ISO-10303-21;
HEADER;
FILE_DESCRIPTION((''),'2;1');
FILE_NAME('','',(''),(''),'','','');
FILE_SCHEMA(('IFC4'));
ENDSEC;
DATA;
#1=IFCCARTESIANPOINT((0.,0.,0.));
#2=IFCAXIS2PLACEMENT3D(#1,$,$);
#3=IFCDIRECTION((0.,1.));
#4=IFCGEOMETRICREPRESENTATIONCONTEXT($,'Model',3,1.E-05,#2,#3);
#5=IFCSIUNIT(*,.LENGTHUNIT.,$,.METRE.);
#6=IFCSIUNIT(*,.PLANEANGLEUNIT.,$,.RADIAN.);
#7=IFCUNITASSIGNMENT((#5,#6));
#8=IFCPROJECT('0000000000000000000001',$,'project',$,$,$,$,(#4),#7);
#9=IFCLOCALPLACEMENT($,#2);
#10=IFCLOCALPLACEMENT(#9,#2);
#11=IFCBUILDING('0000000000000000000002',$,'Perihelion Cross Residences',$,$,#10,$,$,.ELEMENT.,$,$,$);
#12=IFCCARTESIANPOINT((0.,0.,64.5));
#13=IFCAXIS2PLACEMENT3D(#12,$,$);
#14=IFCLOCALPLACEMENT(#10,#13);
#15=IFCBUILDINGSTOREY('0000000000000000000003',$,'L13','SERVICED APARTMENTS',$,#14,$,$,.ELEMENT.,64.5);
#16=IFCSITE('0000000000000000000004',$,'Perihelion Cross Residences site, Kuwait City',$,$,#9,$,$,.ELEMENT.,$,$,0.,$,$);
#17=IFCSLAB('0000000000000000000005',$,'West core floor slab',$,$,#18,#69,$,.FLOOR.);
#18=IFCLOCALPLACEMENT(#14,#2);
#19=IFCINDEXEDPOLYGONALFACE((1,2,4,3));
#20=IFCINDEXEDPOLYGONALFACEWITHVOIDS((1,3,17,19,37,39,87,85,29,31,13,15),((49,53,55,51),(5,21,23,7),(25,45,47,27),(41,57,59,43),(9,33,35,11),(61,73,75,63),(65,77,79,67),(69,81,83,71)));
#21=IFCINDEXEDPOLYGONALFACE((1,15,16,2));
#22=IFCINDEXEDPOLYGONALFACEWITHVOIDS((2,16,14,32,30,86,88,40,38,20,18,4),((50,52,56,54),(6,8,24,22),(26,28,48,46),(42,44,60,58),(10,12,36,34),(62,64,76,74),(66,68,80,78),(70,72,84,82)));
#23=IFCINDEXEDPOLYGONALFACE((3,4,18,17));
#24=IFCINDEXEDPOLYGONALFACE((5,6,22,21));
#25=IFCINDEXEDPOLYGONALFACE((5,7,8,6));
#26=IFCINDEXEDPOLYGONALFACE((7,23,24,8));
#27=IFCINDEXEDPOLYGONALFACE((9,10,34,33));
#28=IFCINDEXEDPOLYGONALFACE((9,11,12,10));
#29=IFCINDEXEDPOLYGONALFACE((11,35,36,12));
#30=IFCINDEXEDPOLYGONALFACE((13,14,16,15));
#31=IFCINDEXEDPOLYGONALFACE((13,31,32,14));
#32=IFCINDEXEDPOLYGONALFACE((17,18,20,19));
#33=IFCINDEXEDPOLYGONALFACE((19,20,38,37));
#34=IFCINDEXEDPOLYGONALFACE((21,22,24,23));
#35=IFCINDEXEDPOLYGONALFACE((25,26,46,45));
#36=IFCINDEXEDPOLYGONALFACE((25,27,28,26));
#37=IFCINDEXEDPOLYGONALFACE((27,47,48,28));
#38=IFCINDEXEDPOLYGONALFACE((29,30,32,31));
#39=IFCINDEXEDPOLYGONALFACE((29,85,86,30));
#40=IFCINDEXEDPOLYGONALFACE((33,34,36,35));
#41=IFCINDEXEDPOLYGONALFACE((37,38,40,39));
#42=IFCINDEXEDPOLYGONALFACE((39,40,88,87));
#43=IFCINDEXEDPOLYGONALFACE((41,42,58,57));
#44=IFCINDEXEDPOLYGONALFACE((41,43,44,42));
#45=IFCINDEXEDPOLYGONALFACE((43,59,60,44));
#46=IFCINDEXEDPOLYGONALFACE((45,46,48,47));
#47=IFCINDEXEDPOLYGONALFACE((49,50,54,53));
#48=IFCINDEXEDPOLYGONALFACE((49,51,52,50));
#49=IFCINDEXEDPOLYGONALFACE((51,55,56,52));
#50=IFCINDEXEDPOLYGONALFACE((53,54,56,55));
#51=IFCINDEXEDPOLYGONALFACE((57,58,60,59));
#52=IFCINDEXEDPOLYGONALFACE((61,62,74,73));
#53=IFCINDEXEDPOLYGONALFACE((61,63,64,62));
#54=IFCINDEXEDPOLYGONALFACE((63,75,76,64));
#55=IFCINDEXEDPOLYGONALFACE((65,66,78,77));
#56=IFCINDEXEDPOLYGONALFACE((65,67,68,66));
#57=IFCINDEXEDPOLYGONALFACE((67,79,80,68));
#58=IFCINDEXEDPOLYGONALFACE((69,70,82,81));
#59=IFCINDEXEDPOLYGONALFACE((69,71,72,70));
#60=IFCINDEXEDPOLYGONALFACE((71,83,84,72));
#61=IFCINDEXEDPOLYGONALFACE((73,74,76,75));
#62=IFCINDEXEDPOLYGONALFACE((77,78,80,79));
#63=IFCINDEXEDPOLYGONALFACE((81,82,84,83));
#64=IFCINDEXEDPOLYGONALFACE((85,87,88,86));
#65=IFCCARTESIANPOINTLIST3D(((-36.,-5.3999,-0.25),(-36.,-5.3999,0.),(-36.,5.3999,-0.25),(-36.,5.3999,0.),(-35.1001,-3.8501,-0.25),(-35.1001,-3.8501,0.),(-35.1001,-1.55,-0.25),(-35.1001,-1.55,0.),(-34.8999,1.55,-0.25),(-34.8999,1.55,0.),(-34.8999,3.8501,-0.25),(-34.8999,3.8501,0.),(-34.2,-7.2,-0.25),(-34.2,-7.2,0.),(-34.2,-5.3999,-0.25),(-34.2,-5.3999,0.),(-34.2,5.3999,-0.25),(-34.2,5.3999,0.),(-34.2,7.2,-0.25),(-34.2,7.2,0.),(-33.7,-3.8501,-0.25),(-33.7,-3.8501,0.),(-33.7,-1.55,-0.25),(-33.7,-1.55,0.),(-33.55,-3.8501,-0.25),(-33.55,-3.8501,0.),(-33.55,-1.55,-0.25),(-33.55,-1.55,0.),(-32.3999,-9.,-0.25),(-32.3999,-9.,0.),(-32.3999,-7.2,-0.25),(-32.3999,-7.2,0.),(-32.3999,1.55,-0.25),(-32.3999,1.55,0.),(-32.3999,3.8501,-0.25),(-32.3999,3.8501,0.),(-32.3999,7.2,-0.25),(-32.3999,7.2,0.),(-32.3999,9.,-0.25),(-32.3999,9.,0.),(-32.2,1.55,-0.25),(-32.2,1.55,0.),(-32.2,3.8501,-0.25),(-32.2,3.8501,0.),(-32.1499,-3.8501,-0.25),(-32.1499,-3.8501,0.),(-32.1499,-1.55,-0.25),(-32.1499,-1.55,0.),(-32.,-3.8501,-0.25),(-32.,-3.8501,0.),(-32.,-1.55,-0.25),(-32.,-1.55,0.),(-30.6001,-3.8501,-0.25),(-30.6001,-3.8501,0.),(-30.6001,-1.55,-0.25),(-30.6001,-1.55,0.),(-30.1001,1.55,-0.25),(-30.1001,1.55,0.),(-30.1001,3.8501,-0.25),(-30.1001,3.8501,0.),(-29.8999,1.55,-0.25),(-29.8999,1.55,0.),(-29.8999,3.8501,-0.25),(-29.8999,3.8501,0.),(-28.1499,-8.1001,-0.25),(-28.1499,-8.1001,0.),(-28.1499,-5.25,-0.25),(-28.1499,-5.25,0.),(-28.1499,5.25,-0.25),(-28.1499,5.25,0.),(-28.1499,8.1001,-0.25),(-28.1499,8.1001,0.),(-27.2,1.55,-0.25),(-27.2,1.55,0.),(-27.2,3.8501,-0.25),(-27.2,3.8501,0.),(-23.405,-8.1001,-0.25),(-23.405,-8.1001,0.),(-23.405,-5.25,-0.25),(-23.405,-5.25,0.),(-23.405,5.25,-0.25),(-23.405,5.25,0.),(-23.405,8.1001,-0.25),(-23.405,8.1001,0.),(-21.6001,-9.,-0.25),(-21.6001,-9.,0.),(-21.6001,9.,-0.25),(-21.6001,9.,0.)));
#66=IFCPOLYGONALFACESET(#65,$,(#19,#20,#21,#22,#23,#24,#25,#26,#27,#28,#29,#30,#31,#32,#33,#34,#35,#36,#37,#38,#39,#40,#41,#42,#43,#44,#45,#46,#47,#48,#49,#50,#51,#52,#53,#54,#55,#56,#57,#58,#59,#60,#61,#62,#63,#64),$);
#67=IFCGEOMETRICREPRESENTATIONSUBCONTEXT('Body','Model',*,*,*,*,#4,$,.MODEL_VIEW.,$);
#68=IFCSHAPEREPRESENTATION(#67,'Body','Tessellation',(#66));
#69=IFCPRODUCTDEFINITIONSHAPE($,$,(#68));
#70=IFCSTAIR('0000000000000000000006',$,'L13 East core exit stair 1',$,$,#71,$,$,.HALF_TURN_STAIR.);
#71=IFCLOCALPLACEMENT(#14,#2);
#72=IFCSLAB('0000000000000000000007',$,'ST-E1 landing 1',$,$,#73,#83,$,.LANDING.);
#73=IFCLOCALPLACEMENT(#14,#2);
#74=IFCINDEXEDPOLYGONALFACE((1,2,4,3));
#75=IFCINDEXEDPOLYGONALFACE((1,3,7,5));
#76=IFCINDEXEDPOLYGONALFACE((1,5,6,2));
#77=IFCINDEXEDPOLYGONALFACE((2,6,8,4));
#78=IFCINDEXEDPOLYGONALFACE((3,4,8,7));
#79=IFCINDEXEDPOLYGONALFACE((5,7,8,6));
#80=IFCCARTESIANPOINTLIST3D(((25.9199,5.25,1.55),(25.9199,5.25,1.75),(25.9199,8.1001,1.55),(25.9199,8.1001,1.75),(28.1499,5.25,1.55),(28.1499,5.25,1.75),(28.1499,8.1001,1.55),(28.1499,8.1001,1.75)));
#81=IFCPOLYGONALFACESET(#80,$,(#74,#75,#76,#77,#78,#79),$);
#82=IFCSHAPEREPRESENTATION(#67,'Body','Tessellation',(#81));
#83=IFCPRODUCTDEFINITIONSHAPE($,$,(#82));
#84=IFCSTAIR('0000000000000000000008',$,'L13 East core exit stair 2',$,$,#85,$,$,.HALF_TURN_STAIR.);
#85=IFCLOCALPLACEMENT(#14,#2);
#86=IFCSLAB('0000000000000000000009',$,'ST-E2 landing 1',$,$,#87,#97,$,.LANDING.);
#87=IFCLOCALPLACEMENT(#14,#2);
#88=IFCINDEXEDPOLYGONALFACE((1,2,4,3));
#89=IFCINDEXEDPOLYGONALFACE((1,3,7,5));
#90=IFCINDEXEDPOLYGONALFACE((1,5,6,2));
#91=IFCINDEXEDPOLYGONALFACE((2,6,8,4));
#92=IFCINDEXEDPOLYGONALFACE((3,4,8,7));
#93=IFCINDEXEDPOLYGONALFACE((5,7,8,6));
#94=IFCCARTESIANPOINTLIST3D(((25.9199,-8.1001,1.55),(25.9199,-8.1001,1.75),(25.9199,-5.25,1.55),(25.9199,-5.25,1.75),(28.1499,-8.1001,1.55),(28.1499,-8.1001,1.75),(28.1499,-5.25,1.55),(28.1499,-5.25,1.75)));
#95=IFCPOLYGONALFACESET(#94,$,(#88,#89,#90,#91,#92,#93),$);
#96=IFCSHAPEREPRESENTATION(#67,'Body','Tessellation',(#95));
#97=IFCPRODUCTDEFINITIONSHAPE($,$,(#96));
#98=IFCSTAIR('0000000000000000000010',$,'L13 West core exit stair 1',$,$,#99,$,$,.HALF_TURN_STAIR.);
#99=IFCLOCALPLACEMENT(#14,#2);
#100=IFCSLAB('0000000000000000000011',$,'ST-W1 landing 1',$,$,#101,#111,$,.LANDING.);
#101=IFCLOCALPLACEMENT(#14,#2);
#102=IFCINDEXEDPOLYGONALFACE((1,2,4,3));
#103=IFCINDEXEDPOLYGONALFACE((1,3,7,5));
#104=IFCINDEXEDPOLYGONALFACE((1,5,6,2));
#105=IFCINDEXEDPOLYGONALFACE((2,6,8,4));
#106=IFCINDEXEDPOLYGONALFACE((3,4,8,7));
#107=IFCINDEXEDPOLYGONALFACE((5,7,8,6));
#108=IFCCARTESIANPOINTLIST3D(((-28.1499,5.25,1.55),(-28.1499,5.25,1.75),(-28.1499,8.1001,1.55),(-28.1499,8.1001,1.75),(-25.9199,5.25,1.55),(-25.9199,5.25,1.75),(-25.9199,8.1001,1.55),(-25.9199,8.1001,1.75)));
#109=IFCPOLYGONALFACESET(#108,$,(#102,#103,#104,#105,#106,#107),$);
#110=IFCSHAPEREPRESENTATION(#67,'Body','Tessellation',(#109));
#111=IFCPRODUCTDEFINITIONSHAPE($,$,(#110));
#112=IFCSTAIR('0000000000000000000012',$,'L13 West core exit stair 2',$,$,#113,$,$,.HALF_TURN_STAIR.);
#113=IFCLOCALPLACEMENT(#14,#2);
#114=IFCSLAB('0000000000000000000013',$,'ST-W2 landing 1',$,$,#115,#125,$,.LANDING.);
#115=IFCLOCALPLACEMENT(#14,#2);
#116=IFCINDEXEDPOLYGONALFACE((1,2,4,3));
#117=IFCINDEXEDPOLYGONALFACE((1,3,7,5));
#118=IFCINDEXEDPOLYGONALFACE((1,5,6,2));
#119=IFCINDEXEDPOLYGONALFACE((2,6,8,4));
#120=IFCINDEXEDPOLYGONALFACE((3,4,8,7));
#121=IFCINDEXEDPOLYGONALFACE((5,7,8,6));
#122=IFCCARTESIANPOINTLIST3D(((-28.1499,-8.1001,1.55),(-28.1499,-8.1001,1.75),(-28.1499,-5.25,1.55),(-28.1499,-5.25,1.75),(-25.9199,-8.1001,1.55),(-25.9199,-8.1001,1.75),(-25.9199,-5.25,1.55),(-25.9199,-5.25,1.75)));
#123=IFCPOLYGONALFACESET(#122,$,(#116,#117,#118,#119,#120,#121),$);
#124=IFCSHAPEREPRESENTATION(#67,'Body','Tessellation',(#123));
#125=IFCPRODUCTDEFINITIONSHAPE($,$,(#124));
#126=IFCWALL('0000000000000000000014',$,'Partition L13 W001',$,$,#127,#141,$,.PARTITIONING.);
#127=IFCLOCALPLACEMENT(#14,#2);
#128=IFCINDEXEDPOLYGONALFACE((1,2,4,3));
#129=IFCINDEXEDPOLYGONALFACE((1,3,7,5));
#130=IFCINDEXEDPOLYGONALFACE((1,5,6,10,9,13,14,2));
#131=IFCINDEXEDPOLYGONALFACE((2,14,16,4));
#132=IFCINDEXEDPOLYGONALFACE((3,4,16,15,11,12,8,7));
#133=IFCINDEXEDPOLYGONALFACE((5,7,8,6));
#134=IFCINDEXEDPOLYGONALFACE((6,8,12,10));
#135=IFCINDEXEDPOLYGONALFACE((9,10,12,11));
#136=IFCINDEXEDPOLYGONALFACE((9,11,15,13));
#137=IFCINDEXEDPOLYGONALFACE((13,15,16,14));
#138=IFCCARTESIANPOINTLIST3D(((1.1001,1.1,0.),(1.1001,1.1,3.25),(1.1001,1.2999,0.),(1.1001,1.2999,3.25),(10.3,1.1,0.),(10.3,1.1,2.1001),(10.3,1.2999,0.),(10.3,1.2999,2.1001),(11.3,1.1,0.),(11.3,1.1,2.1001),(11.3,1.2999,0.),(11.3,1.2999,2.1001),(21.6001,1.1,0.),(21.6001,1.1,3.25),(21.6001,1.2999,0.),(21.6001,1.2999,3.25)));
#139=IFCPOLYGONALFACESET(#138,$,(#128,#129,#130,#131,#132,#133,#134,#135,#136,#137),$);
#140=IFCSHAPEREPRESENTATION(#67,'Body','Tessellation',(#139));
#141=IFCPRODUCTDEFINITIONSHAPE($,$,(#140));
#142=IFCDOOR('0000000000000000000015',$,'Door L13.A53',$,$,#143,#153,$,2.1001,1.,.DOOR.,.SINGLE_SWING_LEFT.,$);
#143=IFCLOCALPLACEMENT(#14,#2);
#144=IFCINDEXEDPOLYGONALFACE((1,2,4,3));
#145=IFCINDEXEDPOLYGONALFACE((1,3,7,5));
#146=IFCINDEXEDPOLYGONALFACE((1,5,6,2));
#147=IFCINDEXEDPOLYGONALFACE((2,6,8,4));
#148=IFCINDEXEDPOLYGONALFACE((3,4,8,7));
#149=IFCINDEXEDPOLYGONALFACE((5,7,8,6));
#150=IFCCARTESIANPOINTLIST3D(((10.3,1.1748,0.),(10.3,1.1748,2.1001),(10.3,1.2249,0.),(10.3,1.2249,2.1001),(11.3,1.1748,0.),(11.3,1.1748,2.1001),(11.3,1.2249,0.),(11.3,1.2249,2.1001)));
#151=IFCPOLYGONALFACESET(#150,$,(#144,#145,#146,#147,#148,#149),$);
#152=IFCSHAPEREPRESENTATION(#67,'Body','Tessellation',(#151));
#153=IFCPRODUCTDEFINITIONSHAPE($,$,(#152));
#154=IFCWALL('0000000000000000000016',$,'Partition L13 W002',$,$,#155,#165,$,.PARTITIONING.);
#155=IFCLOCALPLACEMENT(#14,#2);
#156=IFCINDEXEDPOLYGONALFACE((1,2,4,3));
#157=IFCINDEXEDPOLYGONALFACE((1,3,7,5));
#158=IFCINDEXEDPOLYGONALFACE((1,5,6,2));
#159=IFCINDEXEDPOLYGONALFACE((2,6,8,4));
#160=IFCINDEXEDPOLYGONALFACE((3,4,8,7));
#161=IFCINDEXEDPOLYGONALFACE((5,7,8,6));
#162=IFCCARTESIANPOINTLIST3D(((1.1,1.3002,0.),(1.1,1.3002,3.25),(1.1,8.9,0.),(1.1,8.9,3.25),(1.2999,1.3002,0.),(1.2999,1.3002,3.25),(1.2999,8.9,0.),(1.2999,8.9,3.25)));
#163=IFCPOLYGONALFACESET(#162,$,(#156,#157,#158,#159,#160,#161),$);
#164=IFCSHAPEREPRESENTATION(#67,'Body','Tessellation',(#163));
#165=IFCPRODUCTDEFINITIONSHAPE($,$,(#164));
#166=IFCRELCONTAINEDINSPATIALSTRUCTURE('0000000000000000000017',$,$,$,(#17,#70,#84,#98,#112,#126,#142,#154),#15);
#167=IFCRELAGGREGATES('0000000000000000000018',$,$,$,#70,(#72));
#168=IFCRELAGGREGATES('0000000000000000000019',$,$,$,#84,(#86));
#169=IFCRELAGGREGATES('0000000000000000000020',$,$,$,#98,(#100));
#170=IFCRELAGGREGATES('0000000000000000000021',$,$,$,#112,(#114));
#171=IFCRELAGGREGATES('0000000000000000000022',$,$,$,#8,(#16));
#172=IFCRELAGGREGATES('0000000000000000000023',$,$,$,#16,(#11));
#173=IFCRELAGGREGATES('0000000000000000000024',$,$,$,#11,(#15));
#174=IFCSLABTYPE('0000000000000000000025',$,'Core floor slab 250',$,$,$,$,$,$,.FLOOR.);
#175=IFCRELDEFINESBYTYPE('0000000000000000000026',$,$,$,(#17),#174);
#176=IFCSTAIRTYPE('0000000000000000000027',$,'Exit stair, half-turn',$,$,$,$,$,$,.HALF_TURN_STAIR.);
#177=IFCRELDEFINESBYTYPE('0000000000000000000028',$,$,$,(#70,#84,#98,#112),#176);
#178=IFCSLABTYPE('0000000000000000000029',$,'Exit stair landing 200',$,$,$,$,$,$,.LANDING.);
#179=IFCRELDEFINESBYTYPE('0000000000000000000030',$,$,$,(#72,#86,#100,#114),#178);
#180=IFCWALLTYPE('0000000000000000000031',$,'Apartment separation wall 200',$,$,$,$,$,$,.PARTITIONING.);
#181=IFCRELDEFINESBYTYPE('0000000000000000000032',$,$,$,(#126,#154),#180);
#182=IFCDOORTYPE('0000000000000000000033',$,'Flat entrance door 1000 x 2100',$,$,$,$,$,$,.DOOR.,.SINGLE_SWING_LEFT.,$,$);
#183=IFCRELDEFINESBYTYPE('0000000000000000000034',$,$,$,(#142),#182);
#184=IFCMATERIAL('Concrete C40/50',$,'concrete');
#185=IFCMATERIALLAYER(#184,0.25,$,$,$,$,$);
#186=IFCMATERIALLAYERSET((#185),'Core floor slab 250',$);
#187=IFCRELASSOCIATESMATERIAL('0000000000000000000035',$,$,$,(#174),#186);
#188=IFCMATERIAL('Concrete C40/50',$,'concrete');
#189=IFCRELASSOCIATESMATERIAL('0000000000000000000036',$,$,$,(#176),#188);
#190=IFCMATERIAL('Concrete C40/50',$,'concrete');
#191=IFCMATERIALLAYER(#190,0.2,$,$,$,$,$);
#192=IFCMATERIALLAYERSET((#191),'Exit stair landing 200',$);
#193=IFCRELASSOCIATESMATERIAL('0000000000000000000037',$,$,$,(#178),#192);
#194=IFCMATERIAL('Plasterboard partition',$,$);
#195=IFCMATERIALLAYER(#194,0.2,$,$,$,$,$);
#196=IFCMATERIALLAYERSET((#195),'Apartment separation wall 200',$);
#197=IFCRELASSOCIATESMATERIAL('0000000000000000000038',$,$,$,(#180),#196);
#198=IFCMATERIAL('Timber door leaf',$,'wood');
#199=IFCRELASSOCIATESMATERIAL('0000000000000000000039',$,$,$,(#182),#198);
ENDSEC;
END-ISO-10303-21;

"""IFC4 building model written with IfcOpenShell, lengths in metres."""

from ifc_helpers import new_model, si_unit, direction, frame, frame_2d, origin, place, context, subcontext, project, spatial, polyline, rectangle, outline, extrude, material, layer, layer_set, type_object, element, fill, aggregate, save


model = new_model("IFC4")

# Units and contexts
model_context = context("Model", 3, precision=1e-05, world=origin(), true_north=direction((0.0, 1.0)))
body_context = subcontext(model_context, "Body", "Model", "MODEL_VIEW")
ifc_project = project(units=[si_unit("LENGTHUNIT", "METRE"), si_unit("PLANEANGLEUNIT", "RADIAN")], contexts=[model_context])

# Site, building, storey
site_placement = place(None, origin())
site = spatial("IfcSite", under=ifc_project, at=site_placement, Name="Perihelion Cross Residences site, Kuwait City", CompositionType="ELEMENT", RefElevation=0.0)
building_placement = place(site_placement, origin())
building = spatial("IfcBuilding", under=site, at=building_placement, Name="Perihelion Cross Residences", CompositionType="ELEMENT")
storey_placement = place(building_placement, frame((0.0, 0.0, 64.5)))
storey = spatial("IfcBuildingStorey", under=building, at=storey_placement, Name="L13", Description="SERVICED APARTMENTS", CompositionType="ELEMENT", Elevation=64.5)

# Slab
ifc_material_1 = material(Name="Concrete C40/50", Category="concrete")
ifc_layer_1 = layer(ifc_material_1, 0.25)
ifc_layer_set_1 = layer_set([ifc_layer_1], Name="Core floor slab 250")
slab_type_1 = type_object("IfcSlabType", Name="Core floor slab 250", PredefinedType="FLOOR", material=ifc_layer_set_1)
slab_1_placement = place(storey_placement, frame((0.0, 0.0, -0.25)))
element("IfcSlab", 1, at=slab_1_placement, inside=storey, type_object=slab_type_1, Name="West core floor slab", PredefinedType="FLOOR", context=body_context, shape_type="SweptSolid", body=[
    extrude(outline(polyline([(-32.3999, 7.2), (-34.2, 7.2), (-34.2, 5.3999), (-36.0, 5.3999), (-36.0, -5.3999), (-34.2, -5.3999), (-34.2, -7.2), (-32.3999, -7.2), (-32.3999, -9.0), (-21.6001, -9.0), (-21.6001, 9.0), (-32.3999, 9.0), (-32.3999, 7.2)]), holes=[polyline([(-23.405, -8.1001), (-28.1499, -8.1001), (-28.1499, -5.25), (-23.405, -5.25), (-23.405, -8.1001)]), polyline([(-30.6001, -1.55), (-30.6001, -3.8501), (-32.0, -3.8501), (-32.0, -1.55), (-30.6001, -1.55)]), polyline([(-32.1499, -1.55), (-32.1499, -3.8501), (-33.55, -3.8501), (-33.55, -1.55), (-32.1499, -1.55)]), polyline([(-33.7, -1.55), (-33.7, -3.8501), (-35.1001, -3.8501), (-35.1001, -1.55), (-33.7, -1.55)]), polyline([(-27.2, 3.8501), (-27.2, 1.55), (-29.8999, 1.55), (-29.8999, 3.8501), (-27.2, 3.8501)]), polyline([(-30.1001, 3.8501), (-30.1001, 1.55), (-32.2, 1.55), (-32.2, 3.8501), (-30.1001, 3.8501)]), polyline([(-32.3999, 3.8501), (-32.3999, 1.55), (-34.8999, 1.55), (-34.8999, 3.8501), (-32.3999, 3.8501)]), polyline([(-23.405, 5.25), (-28.1499, 5.25), (-28.1499, 8.1001), (-23.405, 8.1001), (-23.405, 5.25)])]), origin(), (0.0, 0.0, 1.0), 0.25),
])

# Stairs, slabs
ifc_material_2 = material(Name="Concrete C40/50", Category="concrete")
stair_type = type_object("IfcStairType", Name="Exit stair, half-turn", PredefinedType="HALF_TURN_STAIR", material=ifc_material_2)
stair_1_placement = place(storey_placement, origin())
stair_1 = element("IfcStair", 2, at=stair_1_placement, inside=storey, type_object=stair_type, Name="L13 East core exit stair 1", PredefinedType="HALF_TURN_STAIR")
ifc_material_3 = material(Name="Concrete C40/50", Category="concrete")
ifc_layer_2 = layer(ifc_material_3, 0.2)
ifc_layer_set_2 = layer_set([ifc_layer_2], Name="Exit stair landing 200")
slab_type_2 = type_object("IfcSlabType", Name="Exit stair landing 200", PredefinedType="LANDING", material=ifc_layer_set_2)
slab_2_placement = place(storey_placement, frame((0.0, 0.0, 1.55)))
slab_2 = element("IfcSlab", 3, at=slab_2_placement, type_object=slab_type_2, Name="ST-E1 landing 1", PredefinedType="LANDING", context=body_context, shape_type="SweptSolid", body=[
    extrude(outline(polyline([(25.9199, 5.25), (28.1499, 5.25), (28.1499, 8.1001), (25.9199, 8.1001), (25.9199, 5.25)])), origin(), (0.0, 0.0, 1.0), 0.2),
])
aggregate(stair_1, [slab_2])
stair_2_placement = place(storey_placement, origin())
stair_2 = element("IfcStair", 4, at=stair_2_placement, inside=storey, type_object=stair_type, Name="L13 East core exit stair 2", PredefinedType="HALF_TURN_STAIR")
slab_3_placement = place(storey_placement, frame((0.0, 0.0, 1.55)))
slab_3 = element("IfcSlab", 5, at=slab_3_placement, type_object=slab_type_2, Name="ST-E2 landing 1", PredefinedType="LANDING", context=body_context, shape_type="SweptSolid", body=[
    extrude(outline(polyline([(25.9199, -8.1001), (28.1499, -8.1001), (28.1499, -5.25), (25.9199, -5.25), (25.9199, -8.1001)])), origin(), (0.0, 0.0, 1.0), 0.2),
])
aggregate(stair_2, [slab_3])
stair_3_placement = place(storey_placement, origin())
stair_3 = element("IfcStair", 6, at=stair_3_placement, inside=storey, type_object=stair_type, Name="L13 West core exit stair 1", PredefinedType="HALF_TURN_STAIR")
slab_4_placement = place(storey_placement, frame((0.0, 0.0, 1.55)))
slab_4 = element("IfcSlab", 7, at=slab_4_placement, type_object=slab_type_2, Name="ST-W1 landing 1", PredefinedType="LANDING", context=body_context, shape_type="SweptSolid", body=[
    extrude(outline(polyline([(-25.9199, 8.1001), (-28.1499, 8.1001), (-28.1499, 5.25), (-25.9199, 5.25), (-25.9199, 8.1001)])), origin(), (0.0, 0.0, 1.0), 0.2),
])
aggregate(stair_3, [slab_4])
stair_4_placement = place(storey_placement, origin())
stair_4 = element("IfcStair", 8, at=stair_4_placement, inside=storey, type_object=stair_type, Name="L13 West core exit stair 2", PredefinedType="HALF_TURN_STAIR")
slab_5_placement = place(storey_placement, frame((0.0, 0.0, 1.55)))
slab_5 = element("IfcSlab", 9, at=slab_5_placement, type_object=slab_type_2, Name="ST-W2 landing 1", PredefinedType="LANDING", context=body_context, shape_type="SweptSolid", body=[
    extrude(outline(polyline([(-25.9199, -5.25), (-28.1499, -5.25), (-28.1499, -8.1001), (-25.9199, -8.1001), (-25.9199, -5.25)])), origin(), (0.0, 0.0, 1.0), 0.2),
])
aggregate(stair_4, [slab_5])

# Wall, opening, door
ifc_material_4 = material(Name="Plasterboard partition")
ifc_layer_3 = layer(ifc_material_4, 0.2)
ifc_layer_set_3 = layer_set([ifc_layer_3], Name="Apartment separation wall 200")
wall_type_1 = type_object("IfcWallType", Name="Apartment separation wall 200", PredefinedType="PARTITIONING", material=ifc_layer_set_3)
wall_1_placement = place(storey_placement, frame((1.1001, 1.2, 0.0), z_axis=(0.0, 0.0, 1.0), x_axis=(1.0, 0.0, 0.0)))
wall_1 = element("IfcWall", 10, at=wall_1_placement, inside=storey, type_object=wall_type_1, Name="Partition L13 W001", PredefinedType="PARTITIONING", context=body_context, shape_type="SweptSolid", body=[
    extrude(rectangle(XDim=20.5, YDim=0.2, at=frame_2d((10.25, 0.0))), origin(), (0.0, 0.0, 1.0), 3.25),
])
opening_1_placement = place(wall_1_placement, frame((9.2, 0.0, 0.0)))
opening_1 = element("IfcOpeningElement", 11, at=opening_1_placement, cuts=wall_1, PredefinedType="OPENING", context=body_context, shape_type="SweptSolid", body=[
    extrude(rectangle(XDim=1.0, YDim=2.1001, at=frame_2d((0.5, 1.05))), frame((0.0, 0.1099, 0.0), z_axis=(0.0, -1.0, 0.0), x_axis=(1.0, 0.0, 0.0)), (0.0, 0.0, 1.0), 0.22),
])
ifc_material_5 = material(Name="Timber door leaf", Category="wood")
door_type_1 = type_object("IfcDoorType", Name="Flat entrance door 1000 x 2100", OperationType="SINGLE_SWING_LEFT", PredefinedType="DOOR", material=ifc_material_5)
door_1_placement = place(opening_1_placement, origin())
door_1 = element("IfcDoor", 12, at=door_1_placement, inside=storey, type_object=door_type_1, Name="Door L13.A53", OperationType="SINGLE_SWING_LEFT", OverallHeight=2.1001, OverallWidth=1.0, PredefinedType="DOOR", context=body_context, shape_type="SweptSolid", body=[
    extrude(rectangle(XDim=1.0, YDim=2.1001, at=frame_2d((0.5, 1.05))), frame((0.0, 0.0249, 0.0), z_axis=(0.0, -1.0, 0.0), x_axis=(1.0, 0.0, 0.0)), (0.0, 0.0, 1.0), 0.05),
])
fill(opening_1, door_1)

# Wall
wall_2_placement = place(storey_placement, frame((1.2, 8.8999, 0.0), z_axis=(0.0, 0.0, 1.0), x_axis=(0.0, -1.0, 0.0)))
element("IfcWall", 13, at=wall_2_placement, inside=storey, type_object=wall_type_1, Name="Partition L13 W002", PredefinedType="PARTITIONING", context=body_context, shape_type="SweptSolid", body=[
    extrude(rectangle(XDim=7.5999, YDim=0.2, at=frame_2d((3.7998, 0.0))), origin(), (0.0, 0.0, 1.0), 3.25),
])

save(model, "model.ifc")
